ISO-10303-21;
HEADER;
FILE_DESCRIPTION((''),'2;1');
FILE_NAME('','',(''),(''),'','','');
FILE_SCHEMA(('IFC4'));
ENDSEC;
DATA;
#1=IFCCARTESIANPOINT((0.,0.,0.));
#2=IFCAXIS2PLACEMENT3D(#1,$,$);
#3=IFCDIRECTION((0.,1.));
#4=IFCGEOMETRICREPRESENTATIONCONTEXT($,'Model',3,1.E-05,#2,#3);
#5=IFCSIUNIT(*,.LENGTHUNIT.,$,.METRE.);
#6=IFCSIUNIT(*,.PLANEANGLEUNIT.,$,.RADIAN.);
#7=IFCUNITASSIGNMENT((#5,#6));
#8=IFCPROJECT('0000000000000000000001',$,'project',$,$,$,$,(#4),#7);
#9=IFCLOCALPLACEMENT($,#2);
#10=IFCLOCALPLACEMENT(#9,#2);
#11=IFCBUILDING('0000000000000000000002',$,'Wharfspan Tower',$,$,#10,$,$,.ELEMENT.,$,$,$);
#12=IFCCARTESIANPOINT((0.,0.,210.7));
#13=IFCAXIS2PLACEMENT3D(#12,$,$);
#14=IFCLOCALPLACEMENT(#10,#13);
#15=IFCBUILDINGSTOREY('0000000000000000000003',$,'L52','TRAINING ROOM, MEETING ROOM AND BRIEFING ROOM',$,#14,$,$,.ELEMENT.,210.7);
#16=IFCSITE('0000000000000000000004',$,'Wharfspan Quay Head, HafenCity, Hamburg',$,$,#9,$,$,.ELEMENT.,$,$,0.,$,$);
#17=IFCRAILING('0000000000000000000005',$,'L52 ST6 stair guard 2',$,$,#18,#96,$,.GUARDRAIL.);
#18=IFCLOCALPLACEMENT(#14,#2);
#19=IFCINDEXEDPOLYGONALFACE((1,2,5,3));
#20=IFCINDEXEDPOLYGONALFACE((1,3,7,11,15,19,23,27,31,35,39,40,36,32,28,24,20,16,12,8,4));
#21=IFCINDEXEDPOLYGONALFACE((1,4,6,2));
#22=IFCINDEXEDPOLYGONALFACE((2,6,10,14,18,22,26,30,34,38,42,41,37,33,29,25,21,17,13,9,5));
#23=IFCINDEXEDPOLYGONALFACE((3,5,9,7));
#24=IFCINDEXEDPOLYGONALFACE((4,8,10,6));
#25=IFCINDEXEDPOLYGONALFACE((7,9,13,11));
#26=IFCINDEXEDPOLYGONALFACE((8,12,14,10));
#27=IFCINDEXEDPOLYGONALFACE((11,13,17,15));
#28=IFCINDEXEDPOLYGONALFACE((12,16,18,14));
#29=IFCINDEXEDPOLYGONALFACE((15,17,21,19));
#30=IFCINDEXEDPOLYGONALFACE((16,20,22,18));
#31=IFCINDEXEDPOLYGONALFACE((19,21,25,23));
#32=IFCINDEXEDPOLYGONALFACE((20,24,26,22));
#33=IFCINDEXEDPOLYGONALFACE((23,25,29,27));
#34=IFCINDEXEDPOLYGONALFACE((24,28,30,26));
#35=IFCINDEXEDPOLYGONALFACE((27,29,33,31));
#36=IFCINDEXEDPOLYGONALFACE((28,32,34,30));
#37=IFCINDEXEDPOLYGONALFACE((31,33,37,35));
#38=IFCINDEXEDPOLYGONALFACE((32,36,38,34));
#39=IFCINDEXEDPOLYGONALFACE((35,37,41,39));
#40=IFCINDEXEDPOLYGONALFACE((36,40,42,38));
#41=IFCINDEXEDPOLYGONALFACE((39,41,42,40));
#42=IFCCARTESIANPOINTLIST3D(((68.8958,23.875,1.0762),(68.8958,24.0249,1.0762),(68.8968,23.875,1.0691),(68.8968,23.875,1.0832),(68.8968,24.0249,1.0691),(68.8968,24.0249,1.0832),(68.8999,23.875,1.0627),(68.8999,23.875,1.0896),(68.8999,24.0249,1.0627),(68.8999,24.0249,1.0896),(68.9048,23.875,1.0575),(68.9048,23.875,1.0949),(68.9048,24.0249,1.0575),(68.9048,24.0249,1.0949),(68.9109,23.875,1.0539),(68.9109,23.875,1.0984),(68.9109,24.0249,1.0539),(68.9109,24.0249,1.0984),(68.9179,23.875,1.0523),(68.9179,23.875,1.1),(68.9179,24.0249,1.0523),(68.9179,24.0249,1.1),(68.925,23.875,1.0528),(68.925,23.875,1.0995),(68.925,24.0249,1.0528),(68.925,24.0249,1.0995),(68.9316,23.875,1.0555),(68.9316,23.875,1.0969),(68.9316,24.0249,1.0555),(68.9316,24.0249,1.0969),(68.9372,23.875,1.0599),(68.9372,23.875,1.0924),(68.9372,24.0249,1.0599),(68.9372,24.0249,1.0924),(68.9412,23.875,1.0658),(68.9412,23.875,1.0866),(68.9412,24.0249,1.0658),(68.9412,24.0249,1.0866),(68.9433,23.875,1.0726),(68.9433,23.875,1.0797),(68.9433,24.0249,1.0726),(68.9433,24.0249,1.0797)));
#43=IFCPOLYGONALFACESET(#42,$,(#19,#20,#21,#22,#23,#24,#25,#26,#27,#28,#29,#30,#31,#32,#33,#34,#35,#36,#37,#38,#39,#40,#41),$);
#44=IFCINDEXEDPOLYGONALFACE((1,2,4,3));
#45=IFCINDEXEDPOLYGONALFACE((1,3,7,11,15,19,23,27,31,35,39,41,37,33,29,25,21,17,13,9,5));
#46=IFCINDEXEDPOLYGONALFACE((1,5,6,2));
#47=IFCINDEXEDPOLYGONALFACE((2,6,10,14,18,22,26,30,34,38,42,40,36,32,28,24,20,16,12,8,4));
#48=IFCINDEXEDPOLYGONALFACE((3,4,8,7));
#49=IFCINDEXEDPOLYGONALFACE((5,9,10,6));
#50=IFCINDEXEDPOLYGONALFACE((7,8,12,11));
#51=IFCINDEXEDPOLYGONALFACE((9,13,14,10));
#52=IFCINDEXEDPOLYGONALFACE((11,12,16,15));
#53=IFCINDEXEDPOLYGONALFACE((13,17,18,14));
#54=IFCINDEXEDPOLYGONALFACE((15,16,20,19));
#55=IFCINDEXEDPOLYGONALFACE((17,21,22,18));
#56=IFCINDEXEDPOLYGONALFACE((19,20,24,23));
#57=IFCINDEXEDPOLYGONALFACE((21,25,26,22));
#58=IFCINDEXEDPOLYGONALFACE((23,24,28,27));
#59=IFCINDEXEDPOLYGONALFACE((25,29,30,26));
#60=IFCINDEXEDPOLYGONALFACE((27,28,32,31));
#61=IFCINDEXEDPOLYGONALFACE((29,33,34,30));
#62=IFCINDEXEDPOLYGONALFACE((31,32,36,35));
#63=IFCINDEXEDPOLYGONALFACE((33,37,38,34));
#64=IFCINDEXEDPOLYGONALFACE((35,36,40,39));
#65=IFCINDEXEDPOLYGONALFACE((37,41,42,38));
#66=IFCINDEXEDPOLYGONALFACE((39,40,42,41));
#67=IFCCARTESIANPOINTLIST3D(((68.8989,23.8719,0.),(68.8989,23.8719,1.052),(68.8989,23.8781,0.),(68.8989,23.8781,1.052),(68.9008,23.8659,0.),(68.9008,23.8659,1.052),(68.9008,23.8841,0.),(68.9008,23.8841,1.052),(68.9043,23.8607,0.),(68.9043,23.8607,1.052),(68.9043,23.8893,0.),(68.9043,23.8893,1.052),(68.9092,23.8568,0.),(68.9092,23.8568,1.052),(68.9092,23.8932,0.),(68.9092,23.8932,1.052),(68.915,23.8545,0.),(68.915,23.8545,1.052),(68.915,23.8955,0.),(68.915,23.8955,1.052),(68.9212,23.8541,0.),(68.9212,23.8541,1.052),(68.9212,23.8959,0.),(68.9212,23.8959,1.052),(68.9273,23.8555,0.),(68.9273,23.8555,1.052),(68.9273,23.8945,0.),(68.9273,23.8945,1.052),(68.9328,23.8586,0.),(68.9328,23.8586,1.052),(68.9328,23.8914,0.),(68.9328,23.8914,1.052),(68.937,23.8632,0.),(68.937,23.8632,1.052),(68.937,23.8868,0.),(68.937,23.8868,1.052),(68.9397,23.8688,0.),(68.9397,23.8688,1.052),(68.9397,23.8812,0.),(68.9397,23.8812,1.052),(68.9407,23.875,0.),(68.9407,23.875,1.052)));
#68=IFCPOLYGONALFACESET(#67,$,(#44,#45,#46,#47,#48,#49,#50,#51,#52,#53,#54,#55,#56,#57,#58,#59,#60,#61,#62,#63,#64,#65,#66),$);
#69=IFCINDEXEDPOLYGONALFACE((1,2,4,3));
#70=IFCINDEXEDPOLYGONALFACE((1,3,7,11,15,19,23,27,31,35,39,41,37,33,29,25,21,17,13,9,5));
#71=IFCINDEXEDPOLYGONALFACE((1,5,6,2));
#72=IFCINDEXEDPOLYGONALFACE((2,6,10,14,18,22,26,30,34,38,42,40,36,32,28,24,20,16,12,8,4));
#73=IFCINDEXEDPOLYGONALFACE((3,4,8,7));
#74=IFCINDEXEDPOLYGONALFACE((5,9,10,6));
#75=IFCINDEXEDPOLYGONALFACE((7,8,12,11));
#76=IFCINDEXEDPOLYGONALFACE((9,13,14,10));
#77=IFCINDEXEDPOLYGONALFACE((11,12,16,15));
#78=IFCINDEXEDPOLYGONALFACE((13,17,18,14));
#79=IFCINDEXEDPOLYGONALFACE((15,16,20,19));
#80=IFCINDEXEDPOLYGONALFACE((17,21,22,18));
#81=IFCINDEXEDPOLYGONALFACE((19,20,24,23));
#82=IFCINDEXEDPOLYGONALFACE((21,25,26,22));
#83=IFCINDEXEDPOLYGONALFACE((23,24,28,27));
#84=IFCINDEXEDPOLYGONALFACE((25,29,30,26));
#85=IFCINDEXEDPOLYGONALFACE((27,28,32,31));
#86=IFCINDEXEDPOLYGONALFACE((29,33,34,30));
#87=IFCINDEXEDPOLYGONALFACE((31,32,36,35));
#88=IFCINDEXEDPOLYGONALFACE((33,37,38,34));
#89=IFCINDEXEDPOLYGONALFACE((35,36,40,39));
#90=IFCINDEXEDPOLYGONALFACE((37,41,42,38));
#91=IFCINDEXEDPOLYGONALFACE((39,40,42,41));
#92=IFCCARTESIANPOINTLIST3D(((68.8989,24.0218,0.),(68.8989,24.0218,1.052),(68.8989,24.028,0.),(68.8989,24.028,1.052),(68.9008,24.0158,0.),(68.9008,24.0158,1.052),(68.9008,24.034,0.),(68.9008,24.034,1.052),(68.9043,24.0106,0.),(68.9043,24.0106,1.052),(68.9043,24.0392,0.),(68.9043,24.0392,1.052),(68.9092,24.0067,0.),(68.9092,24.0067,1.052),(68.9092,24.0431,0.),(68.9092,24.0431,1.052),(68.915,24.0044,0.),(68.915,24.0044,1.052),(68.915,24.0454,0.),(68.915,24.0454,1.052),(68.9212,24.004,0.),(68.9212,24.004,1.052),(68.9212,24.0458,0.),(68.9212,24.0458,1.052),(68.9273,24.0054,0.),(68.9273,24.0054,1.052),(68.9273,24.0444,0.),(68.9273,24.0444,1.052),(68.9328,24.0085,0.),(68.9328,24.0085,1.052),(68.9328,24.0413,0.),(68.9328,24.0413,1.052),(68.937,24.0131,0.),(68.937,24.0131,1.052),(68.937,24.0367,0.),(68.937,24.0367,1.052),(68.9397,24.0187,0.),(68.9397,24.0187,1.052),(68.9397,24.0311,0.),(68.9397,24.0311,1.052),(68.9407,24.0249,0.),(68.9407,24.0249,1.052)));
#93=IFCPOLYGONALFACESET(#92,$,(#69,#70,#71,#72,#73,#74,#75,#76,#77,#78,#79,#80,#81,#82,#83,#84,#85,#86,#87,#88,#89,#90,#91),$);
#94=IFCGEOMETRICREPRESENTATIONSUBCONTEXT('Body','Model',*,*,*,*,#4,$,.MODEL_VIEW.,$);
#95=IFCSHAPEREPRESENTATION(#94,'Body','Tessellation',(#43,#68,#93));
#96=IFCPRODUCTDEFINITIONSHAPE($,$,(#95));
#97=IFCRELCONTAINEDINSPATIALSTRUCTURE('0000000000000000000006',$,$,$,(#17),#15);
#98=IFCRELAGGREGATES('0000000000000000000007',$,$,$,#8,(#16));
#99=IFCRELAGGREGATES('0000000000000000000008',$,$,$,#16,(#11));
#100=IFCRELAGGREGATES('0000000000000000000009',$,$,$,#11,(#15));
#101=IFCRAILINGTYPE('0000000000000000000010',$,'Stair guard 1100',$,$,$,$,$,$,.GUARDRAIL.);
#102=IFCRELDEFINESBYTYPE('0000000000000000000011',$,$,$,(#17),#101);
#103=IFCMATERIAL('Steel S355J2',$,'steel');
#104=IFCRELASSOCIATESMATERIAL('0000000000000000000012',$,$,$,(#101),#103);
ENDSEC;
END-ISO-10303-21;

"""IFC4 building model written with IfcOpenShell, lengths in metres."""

from ifc_helpers import new_model, si_unit, direction, frame, origin, origin_2d, place, context, subcontext, project, spatial, circle, extrude, material, type_object, element, save


model = new_model("IFC4")

# Units and contexts
model_context = context("Model", 3, precision=1e-05, world=origin(), true_north=direction((0.0, 1.0)))
body_context = subcontext(model_context, "Body", "Model", "MODEL_VIEW")
ifc_project = project(units=[si_unit("LENGTHUNIT", "METRE"), si_unit("PLANEANGLEUNIT", "RADIAN")], contexts=[model_context])

# Site, building, storey
site_placement = place(None, origin())
site = spatial("IfcSite", under=ifc_project, at=site_placement, Name="Wharfspan Quay Head, HafenCity, Hamburg", CompositionType="ELEMENT", RefElevation=0.0)
building_placement = place(site_placement, origin())
building = spatial("IfcBuilding", under=site, at=building_placement, Name="Wharfspan Tower", CompositionType="ELEMENT")
storey_placement = place(building_placement, frame((0.0, 0.0, 210.7)))
storey = spatial("IfcBuildingStorey", under=building, at=storey_placement, Name="L52", Description="TRAINING ROOM, MEETING ROOM AND BRIEFING ROOM", CompositionType="ELEMENT", Elevation=210.7)

# Railing
ifc_material_1 = material(Name="Steel S355J2", Category="steel")
railing_type_1 = type_object("IfcRailingType", Name="Stair guard 1100", PredefinedType="GUARDRAIL", material=ifc_material_1)
railing_1_placement = place(storey_placement, frame((68.9197, 23.875, 0.0)))
element("IfcRailing", 1, at=railing_1_placement, inside=storey, type_object=railing_type_1, Name="L52 ST6 stair guard 2", PredefinedType="GUARDRAIL", context=body_context, shape_type="SweptSolid", body=[
    extrude(circle(Radius=0.0239, at=origin_2d()), frame((0.0, 0.0, 1.0762), z_axis=(0.0, 1.0, 0.0), x_axis=(-1.0, 0.0, 0.0)), (0.0, 0.0, 1.0), 0.1499),
    extrude(circle(Radius=0.021, at=origin_2d()), origin(), (0.0, 0.0, 1.0), 1.052),
    extrude(circle(Radius=0.021, at=origin_2d()), frame((0.0, 0.1499, 0.0)), (0.0, 0.0, 1.0), 1.052),
])

save(model, "model.ifc")
